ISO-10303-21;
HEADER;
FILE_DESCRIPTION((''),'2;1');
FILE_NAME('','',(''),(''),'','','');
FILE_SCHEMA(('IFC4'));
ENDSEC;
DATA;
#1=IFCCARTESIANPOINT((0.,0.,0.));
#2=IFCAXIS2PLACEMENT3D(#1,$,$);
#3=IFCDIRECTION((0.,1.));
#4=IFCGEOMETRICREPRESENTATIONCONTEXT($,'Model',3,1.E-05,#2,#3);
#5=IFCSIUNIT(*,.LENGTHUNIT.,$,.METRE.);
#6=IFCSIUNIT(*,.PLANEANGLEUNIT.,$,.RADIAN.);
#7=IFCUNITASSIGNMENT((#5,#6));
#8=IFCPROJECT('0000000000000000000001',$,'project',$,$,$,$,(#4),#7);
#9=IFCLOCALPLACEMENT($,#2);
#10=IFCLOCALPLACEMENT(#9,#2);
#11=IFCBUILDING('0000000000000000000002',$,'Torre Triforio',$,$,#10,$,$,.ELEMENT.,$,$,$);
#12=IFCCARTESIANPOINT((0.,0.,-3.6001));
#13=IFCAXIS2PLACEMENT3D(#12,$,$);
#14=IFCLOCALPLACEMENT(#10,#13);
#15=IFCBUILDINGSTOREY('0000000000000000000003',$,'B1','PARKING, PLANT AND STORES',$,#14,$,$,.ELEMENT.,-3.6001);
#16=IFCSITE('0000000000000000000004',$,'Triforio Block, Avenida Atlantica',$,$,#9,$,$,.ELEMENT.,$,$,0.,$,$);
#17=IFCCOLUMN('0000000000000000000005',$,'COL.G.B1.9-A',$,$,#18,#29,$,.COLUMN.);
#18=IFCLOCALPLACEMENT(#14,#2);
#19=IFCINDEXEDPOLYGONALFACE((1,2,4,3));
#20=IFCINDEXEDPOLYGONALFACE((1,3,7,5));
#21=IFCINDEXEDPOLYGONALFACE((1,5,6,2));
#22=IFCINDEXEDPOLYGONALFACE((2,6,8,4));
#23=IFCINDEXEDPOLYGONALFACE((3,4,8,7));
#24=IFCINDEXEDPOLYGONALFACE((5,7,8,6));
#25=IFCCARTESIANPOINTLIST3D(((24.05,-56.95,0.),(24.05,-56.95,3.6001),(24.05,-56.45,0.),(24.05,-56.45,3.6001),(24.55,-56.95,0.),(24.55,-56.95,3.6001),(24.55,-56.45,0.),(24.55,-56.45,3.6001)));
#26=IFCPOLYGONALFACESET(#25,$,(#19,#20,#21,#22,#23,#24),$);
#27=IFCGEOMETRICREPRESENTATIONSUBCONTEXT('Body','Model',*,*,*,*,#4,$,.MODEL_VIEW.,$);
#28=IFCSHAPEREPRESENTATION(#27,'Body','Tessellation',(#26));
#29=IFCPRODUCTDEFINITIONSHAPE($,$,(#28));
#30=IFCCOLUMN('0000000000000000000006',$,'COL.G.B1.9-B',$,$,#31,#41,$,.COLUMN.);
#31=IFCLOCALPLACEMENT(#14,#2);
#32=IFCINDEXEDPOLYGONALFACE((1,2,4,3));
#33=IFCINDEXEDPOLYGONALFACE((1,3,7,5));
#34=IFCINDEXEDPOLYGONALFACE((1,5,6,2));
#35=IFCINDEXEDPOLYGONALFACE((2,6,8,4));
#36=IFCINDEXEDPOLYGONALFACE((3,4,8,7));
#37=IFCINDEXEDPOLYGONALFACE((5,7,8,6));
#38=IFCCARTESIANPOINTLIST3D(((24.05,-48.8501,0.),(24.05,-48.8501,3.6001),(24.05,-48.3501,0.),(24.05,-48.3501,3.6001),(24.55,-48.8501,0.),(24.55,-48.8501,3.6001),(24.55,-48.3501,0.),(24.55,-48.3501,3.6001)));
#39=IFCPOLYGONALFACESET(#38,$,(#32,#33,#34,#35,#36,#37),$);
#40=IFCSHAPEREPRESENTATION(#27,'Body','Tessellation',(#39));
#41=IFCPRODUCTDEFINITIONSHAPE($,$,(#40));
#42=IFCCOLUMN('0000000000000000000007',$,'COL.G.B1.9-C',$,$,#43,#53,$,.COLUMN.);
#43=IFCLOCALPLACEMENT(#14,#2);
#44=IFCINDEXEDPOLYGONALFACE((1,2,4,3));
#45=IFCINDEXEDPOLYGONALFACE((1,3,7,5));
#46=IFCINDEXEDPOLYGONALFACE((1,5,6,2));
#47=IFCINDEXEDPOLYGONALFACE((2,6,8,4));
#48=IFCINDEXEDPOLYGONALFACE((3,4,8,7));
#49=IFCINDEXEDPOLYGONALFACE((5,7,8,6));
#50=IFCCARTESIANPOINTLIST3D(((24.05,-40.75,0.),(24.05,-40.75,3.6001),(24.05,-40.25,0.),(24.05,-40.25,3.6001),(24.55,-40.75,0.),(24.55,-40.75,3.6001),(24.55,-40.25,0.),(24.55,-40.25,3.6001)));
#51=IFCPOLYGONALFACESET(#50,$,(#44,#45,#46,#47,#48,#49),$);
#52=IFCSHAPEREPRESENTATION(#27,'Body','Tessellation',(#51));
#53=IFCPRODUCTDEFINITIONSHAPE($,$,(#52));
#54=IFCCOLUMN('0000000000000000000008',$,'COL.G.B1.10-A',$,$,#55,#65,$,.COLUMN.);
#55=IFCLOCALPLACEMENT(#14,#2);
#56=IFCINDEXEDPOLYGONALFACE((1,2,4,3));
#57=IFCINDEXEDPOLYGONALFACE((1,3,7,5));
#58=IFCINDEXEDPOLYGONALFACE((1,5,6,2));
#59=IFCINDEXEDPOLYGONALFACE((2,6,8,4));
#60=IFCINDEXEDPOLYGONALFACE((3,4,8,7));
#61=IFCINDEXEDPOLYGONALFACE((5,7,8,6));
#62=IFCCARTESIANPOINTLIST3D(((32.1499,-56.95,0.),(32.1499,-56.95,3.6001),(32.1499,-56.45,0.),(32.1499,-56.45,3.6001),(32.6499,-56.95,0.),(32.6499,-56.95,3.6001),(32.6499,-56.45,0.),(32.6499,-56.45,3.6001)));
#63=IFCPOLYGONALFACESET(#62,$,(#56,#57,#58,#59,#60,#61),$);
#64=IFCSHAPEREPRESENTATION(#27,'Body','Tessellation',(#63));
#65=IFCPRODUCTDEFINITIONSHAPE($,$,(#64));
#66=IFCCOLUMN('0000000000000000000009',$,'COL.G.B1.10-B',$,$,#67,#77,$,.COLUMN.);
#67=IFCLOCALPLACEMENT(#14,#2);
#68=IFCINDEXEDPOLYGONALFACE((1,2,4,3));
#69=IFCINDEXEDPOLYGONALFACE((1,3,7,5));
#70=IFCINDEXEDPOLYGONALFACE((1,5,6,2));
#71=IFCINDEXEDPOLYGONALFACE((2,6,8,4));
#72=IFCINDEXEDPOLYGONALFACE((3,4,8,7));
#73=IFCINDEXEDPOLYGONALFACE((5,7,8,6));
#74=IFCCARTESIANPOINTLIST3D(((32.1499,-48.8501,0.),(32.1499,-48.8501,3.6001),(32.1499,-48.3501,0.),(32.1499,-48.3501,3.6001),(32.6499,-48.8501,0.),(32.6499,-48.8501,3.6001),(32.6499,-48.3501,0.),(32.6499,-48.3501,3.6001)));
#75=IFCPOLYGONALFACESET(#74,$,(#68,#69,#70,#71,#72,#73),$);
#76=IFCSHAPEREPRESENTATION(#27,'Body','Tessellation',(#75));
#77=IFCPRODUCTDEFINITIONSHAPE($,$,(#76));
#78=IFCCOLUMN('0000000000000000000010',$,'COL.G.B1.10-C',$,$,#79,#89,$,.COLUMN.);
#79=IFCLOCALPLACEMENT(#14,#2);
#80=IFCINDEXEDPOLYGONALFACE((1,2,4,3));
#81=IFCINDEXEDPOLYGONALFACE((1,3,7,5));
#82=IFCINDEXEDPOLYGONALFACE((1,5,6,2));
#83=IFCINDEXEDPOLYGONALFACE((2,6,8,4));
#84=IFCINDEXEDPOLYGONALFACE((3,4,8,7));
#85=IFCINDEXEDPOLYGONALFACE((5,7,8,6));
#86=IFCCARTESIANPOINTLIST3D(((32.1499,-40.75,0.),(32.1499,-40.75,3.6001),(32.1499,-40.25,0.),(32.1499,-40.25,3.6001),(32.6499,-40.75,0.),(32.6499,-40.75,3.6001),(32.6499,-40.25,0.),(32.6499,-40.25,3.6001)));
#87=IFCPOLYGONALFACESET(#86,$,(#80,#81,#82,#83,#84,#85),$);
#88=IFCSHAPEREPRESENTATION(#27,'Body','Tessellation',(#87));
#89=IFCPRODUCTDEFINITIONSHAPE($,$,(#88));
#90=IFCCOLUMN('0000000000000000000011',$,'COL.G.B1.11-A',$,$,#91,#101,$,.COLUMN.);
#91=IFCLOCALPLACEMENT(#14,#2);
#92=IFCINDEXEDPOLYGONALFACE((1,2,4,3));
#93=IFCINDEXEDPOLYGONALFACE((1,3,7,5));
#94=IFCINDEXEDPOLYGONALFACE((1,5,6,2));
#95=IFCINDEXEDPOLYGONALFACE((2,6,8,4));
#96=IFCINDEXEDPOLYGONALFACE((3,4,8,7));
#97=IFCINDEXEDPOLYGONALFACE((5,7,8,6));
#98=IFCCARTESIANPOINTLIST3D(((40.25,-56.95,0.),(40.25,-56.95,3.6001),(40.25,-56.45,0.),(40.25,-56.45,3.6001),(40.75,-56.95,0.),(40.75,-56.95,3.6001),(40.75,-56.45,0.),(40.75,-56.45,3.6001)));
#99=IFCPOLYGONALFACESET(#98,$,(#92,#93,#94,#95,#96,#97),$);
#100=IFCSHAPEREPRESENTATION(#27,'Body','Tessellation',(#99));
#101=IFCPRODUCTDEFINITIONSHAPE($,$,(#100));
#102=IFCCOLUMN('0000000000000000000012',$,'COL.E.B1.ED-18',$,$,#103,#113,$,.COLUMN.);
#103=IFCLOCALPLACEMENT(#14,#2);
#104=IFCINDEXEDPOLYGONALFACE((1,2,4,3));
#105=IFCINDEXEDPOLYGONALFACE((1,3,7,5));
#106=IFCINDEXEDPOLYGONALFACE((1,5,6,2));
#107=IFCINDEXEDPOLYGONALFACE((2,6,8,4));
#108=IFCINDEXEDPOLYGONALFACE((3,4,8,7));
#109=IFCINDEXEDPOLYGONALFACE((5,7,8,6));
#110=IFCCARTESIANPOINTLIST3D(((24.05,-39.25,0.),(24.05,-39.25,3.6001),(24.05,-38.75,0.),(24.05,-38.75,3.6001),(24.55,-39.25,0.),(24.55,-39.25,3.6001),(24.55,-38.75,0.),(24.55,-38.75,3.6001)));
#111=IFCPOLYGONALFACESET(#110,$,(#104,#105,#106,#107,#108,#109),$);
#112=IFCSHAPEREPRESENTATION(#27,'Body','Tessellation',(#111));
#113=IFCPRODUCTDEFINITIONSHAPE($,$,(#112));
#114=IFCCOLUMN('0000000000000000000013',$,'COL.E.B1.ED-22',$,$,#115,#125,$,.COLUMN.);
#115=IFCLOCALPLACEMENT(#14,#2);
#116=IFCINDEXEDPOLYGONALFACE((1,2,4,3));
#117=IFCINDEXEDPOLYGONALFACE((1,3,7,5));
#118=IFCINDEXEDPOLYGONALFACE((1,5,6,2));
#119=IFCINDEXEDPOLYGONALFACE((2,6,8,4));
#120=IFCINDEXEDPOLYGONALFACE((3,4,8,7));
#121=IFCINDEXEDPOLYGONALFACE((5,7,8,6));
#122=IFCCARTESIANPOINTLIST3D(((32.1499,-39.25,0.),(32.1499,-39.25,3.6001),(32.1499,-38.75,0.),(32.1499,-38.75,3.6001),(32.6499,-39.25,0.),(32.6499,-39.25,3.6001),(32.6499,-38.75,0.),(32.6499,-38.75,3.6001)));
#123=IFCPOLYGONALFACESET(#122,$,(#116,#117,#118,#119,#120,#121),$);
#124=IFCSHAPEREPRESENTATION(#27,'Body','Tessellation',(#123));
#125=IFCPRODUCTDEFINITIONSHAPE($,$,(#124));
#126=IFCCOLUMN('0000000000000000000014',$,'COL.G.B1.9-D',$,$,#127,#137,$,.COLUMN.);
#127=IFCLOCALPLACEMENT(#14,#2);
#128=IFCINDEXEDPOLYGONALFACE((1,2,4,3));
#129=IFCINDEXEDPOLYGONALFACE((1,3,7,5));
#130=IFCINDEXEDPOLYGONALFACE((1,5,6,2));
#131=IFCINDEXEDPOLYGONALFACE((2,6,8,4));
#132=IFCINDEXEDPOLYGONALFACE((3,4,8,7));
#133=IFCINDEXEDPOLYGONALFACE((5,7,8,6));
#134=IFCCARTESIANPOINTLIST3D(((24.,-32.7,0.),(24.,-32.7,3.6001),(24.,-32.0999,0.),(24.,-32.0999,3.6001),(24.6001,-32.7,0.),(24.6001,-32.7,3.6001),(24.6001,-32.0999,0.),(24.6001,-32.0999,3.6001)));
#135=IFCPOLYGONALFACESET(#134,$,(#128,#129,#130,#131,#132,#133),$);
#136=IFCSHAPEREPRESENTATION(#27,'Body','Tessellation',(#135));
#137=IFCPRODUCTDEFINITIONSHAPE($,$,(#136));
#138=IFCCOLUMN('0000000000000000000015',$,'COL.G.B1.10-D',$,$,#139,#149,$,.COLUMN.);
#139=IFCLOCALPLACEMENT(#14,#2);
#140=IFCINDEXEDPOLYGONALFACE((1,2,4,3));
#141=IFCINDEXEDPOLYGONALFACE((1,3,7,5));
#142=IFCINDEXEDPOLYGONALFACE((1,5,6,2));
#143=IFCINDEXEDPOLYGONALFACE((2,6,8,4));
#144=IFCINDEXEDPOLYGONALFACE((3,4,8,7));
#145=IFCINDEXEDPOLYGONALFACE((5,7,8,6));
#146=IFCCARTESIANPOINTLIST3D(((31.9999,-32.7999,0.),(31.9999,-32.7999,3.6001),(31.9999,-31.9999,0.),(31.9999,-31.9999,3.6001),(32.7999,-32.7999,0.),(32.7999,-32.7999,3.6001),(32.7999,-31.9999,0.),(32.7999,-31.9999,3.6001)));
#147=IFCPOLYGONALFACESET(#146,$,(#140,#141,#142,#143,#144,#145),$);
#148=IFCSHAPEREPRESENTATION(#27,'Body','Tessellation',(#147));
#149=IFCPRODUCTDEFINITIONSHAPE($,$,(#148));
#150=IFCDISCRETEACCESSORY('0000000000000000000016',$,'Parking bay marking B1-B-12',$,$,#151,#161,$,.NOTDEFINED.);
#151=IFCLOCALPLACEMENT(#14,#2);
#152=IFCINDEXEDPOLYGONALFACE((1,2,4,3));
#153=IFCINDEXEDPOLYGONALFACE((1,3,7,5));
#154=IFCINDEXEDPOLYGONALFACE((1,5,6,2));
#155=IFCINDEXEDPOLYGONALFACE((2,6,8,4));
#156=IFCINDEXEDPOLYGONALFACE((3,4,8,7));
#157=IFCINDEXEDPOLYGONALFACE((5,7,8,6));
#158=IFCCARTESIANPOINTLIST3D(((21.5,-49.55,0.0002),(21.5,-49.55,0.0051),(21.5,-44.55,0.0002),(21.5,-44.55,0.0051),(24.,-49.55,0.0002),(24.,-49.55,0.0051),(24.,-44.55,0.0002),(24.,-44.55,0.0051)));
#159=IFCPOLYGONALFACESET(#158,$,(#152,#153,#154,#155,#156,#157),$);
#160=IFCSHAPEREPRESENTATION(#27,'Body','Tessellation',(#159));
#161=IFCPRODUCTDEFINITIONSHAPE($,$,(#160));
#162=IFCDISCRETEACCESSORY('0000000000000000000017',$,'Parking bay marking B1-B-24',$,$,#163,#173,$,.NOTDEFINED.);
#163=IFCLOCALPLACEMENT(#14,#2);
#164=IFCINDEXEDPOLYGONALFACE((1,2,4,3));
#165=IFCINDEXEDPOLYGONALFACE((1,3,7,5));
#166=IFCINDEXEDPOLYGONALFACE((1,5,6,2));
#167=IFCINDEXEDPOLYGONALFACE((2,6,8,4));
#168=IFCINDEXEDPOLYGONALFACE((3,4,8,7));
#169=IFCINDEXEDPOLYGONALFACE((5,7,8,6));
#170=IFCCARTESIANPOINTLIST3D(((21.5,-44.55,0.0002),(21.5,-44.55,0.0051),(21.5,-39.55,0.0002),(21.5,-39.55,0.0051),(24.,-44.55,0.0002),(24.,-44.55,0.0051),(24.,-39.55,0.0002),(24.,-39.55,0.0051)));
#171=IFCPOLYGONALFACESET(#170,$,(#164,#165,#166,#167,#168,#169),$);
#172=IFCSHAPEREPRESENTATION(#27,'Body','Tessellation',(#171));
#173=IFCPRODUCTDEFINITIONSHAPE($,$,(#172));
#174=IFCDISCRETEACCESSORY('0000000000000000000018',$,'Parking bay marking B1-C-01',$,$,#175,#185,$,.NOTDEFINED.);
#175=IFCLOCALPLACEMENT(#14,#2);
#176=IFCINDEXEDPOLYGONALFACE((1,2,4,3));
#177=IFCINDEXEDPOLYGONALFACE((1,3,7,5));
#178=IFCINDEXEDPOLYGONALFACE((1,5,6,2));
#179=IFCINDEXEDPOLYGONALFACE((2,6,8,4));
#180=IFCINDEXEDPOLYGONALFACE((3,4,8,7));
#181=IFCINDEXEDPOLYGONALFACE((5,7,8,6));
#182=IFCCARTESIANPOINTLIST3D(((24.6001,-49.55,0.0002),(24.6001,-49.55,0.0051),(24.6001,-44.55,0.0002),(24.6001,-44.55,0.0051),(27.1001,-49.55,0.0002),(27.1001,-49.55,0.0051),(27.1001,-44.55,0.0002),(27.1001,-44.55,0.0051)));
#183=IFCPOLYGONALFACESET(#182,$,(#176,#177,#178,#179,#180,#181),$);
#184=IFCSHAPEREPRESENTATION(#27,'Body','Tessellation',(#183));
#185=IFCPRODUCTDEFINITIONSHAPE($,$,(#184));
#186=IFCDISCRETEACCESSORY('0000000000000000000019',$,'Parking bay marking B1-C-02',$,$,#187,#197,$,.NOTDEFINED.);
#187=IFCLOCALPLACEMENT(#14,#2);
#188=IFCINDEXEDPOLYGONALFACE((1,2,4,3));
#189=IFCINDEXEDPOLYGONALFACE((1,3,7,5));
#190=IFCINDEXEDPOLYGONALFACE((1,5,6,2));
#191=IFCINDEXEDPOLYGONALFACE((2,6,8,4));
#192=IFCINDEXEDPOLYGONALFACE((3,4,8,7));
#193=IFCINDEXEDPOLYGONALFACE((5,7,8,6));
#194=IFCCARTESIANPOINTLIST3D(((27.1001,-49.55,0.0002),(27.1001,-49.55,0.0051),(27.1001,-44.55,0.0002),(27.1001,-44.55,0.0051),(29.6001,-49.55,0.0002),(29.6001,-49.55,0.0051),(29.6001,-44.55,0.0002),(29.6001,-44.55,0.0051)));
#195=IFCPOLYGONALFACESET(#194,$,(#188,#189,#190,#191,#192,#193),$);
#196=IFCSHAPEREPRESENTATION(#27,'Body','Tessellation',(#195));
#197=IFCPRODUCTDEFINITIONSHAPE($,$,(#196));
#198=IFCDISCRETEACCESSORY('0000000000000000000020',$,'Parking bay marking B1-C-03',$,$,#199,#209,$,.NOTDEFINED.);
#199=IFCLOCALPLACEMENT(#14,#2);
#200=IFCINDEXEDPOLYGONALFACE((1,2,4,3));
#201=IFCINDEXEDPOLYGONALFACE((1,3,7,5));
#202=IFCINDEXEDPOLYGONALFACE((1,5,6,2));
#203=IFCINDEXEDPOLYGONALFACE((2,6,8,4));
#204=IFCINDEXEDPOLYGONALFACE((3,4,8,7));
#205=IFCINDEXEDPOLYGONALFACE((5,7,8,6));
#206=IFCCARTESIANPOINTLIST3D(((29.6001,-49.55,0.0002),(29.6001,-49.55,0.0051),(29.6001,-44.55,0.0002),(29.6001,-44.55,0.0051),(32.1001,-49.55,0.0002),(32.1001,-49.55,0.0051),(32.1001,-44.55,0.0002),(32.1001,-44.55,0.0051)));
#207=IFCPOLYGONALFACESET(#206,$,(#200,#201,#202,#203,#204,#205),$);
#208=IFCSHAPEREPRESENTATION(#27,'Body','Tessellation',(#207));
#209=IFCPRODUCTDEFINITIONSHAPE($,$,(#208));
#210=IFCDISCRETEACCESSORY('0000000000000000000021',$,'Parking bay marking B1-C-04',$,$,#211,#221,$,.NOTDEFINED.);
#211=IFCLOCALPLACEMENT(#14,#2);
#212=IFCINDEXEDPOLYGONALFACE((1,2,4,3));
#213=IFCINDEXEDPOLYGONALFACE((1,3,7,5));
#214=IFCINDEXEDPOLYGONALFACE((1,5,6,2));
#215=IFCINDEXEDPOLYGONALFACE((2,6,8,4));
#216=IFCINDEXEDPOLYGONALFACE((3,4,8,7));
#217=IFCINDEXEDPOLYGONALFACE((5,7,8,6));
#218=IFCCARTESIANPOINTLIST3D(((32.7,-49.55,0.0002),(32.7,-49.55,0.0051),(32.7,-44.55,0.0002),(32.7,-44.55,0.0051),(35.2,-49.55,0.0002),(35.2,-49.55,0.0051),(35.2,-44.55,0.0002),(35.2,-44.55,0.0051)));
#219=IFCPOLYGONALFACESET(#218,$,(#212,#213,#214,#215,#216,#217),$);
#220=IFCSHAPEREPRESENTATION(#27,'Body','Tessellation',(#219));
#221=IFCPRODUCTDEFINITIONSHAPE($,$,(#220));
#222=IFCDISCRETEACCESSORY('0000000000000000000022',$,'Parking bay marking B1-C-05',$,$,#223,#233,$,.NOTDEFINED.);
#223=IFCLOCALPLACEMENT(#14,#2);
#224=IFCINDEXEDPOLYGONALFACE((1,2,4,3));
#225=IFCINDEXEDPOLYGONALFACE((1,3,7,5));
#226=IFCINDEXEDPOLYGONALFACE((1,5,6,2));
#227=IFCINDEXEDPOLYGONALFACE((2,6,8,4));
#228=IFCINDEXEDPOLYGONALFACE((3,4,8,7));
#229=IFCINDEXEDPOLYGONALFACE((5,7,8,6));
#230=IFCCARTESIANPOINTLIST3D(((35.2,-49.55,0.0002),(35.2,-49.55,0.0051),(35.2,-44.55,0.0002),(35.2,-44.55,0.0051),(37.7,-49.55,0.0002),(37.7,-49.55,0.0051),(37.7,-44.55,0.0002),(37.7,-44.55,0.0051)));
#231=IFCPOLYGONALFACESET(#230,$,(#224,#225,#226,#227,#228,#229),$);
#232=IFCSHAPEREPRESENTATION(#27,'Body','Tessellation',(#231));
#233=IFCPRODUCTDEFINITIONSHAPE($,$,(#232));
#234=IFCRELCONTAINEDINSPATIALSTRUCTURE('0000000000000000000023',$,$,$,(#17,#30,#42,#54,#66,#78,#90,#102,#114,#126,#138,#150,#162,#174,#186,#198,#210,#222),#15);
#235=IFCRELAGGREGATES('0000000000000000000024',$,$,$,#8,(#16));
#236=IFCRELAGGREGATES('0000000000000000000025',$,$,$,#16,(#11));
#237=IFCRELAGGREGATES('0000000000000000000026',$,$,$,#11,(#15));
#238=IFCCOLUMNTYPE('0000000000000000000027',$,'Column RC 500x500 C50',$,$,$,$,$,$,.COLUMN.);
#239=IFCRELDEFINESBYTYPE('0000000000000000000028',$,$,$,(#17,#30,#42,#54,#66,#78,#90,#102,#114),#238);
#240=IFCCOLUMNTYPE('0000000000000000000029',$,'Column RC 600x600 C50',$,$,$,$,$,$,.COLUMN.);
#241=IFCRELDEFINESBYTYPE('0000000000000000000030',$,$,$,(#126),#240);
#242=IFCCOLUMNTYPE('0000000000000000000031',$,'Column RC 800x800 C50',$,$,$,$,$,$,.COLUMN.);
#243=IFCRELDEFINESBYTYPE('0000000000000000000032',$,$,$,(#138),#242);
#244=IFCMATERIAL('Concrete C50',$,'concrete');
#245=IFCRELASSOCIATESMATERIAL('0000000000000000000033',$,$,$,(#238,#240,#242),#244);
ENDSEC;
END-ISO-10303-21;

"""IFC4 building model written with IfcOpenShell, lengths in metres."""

from ifc_helpers import new_model, si_unit, direction, frame, origin, origin_2d, place, context, subcontext, project, spatial, rectangle, extrude, material, material_profile, profile_set, type_object, element, save


model = new_model("IFC4")

# Units and contexts
model_context = context("Model", 3, precision=1e-05, world=origin(), true_north=direction((0.0, 1.0)))
body_context = subcontext(model_context, "Body", "Model", "MODEL_VIEW")
ifc_project = project(units=[si_unit("LENGTHUNIT", "METRE"), si_unit("PLANEANGLEUNIT", "RADIAN")], contexts=[model_context])

# Site, building, storey
site_placement = place(None, origin())
site = spatial("IfcSite", under=ifc_project, at=site_placement, Name="Triforio Block, Avenida Atlantica", CompositionType="ELEMENT", RefElevation=0.0)
building_placement = place(site_placement, origin())
building = spatial("IfcBuilding", under=site, at=building_placement, Name="Torre Triforio", CompositionType="ELEMENT")
storey_placement = place(building_placement, frame((0.0, 0.0, -3.6001)))
storey = spatial("IfcBuildingStorey", under=building, at=storey_placement, Name="B1", Description="PARKING, PLANT AND STORES", CompositionType="ELEMENT", Elevation=-3.6001)

# Columns
ifc_material = material(Name="Concrete C50", Category="concrete")
ifc_material_profile_1 = material_profile(ifc_material, rectangle(XDim=0.5, YDim=0.5, at=origin_2d()), Name="RC 500x500")
ifc_profile_set_1 = profile_set([ifc_material_profile_1], Name="Concrete C50")
column_type_1 = type_object("IfcColumnType", Name="Column RC 500x500 C50", PredefinedType="COLUMN", material=ifc_profile_set_1)
for number, where, z_axis, x_axis, name in (
    (1, (24.3, -56.7, 0.0), (0.0, 0.0, 1.0), (1.0, 0.0, 0.0), "COL.G.B1.9-A"),
    (2, (24.3, -48.6001, 0.0), (0.0, 0.0, 1.0), (1.0, 0.0, 0.0), "COL.G.B1.9-B"),
    (3, (24.3, -40.5, 0.0), (0.0, 0.0, 1.0), (1.0, 0.0, 0.0), "COL.G.B1.9-C"),
    (4, (32.3999, -56.7, 0.0), (0.0, 0.0, 1.0), (1.0, 0.0, 0.0), "COL.G.B1.10-A"),
    (5, (32.3999, -48.6001, 0.0), (0.0, 0.0, 1.0), (1.0, 0.0, 0.0), "COL.G.B1.10-B"),
    (6, (32.3999, -40.5, 0.0), (0.0, 0.0, 1.0), (1.0, 0.0, 0.0), "COL.G.B1.10-C"),
    (7, (40.5, -56.7, 0.0), (0.0, 0.0, 1.0), (1.0, 0.0, 0.0), "COL.G.B1.11-A"),
    (8, (24.3, -39.0, 0.0), (0.0, 0.0, 1.0), (1.0, 0.0, 0.0), "COL.E.B1.ED-18"),
    (9, (32.3999, -39.0, 0.0), (0.0, 0.0, 1.0), (1.0, 0.0, 0.0), "COL.E.B1.ED-22"),
):
    element("IfcColumn", number, at=place(storey_placement, frame(where, z_axis=z_axis, x_axis=x_axis)), inside=storey, type_object=column_type_1, Name=name, PredefinedType="COLUMN", context=body_context, shape_type="SweptSolid", body=[
        extrude(rectangle(XDim=0.5, YDim=0.5, at=origin_2d()), origin(), (0.0, 0.0, 1.0), 3.6001),
    ])
ifc_material_profile_2 = material_profile(ifc_material, rectangle(XDim=0.6001, YDim=0.6001, at=origin_2d()), Name="RC 600x600")
ifc_profile_set_2 = profile_set([ifc_material_profile_2], Name="Concrete C50")
column_type_2 = type_object("IfcColumnType", Name="Column RC 600x600 C50", PredefinedType="COLUMN", material=ifc_profile_set_2)
column_1_placement = place(storey_placement, frame((24.3, -32.3999, 0.0), z_axis=(0.0, 0.0, 1.0), x_axis=(1.0, 0.0, 0.0)))
element("IfcColumn", 10, at=column_1_placement, inside=storey, type_object=column_type_2, Name="COL.G.B1.9-D", PredefinedType="COLUMN", context=body_context, shape_type="SweptSolid", body=[
    extrude(rectangle(XDim=0.6001, YDim=0.6001, at=origin_2d()), origin(), (0.0, 0.0, 1.0), 3.6001),
])
ifc_material_profile_3 = material_profile(ifc_material, rectangle(XDim=0.8, YDim=0.8, at=origin_2d()), Name="RC 800x800")
ifc_profile_set_3 = profile_set([ifc_material_profile_3], Name="Concrete C50")
column_type_3 = type_object("IfcColumnType", Name="Column RC 800x800 C50", PredefinedType="COLUMN", material=ifc_profile_set_3)
column_2_placement = place(storey_placement, frame((32.3999, -32.3999, 0.0), z_axis=(0.0, 0.0, 1.0), x_axis=(1.0, 0.0, 0.0)))
element("IfcColumn", 11, at=column_2_placement, inside=storey, type_object=column_type_3, Name="COL.G.B1.10-D", PredefinedType="COLUMN", context=body_context, shape_type="SweptSolid", body=[
    extrude(rectangle(XDim=0.8, YDim=0.8, at=origin_2d()), origin(), (0.0, 0.0, 1.0), 3.6001),
])

# Discrete accessories
for number, where, z_axis, x_axis, name in (
    (12, (22.75, -47.05, 0.0002), (0.0, 0.0, 1.0), (1.0, 0.0, 0.0), "Parking bay marking B1-B-12"),
    (13, (22.75, -42.05, 0.0002), (0.0, 0.0, 1.0), (1.0, 0.0, 0.0), "Parking bay marking B1-B-24"),
    (14, (25.8501, -47.05, 0.0002), (0.0, 0.0, 1.0), (1.0, 0.0, 0.0), "Parking bay marking B1-C-01"),
    (15, (28.3501, -47.05, 0.0002), (0.0, 0.0, 1.0), (1.0, 0.0, 0.0), "Parking bay marking B1-C-02"),
    (16, (30.8501, -47.05, 0.0002), (0.0, 0.0, 1.0), (1.0, 0.0, 0.0), "Parking bay marking B1-C-03"),
    (17, (33.95, -47.05, 0.0002), (0.0, 0.0, 1.0), (1.0, 0.0, 0.0), "Parking bay marking B1-C-04"),
    (18, (36.45, -47.05, 0.0002), (0.0, 0.0, 1.0), (1.0, 0.0, 0.0), "Parking bay marking B1-C-05"),
):
    element("IfcDiscreteAccessory", number, at=place(storey_placement, frame(where, z_axis=z_axis, x_axis=x_axis)), inside=storey, Name=name, PredefinedType="NOTDEFINED", context=body_context, shape_type="SweptSolid", body=[
        extrude(rectangle(XDim=2.5, YDim=5.0, at=origin_2d()), origin(), (0.0, 0.0, 1.0), 0.0049),
    ])

save(model, "model.ifc")
